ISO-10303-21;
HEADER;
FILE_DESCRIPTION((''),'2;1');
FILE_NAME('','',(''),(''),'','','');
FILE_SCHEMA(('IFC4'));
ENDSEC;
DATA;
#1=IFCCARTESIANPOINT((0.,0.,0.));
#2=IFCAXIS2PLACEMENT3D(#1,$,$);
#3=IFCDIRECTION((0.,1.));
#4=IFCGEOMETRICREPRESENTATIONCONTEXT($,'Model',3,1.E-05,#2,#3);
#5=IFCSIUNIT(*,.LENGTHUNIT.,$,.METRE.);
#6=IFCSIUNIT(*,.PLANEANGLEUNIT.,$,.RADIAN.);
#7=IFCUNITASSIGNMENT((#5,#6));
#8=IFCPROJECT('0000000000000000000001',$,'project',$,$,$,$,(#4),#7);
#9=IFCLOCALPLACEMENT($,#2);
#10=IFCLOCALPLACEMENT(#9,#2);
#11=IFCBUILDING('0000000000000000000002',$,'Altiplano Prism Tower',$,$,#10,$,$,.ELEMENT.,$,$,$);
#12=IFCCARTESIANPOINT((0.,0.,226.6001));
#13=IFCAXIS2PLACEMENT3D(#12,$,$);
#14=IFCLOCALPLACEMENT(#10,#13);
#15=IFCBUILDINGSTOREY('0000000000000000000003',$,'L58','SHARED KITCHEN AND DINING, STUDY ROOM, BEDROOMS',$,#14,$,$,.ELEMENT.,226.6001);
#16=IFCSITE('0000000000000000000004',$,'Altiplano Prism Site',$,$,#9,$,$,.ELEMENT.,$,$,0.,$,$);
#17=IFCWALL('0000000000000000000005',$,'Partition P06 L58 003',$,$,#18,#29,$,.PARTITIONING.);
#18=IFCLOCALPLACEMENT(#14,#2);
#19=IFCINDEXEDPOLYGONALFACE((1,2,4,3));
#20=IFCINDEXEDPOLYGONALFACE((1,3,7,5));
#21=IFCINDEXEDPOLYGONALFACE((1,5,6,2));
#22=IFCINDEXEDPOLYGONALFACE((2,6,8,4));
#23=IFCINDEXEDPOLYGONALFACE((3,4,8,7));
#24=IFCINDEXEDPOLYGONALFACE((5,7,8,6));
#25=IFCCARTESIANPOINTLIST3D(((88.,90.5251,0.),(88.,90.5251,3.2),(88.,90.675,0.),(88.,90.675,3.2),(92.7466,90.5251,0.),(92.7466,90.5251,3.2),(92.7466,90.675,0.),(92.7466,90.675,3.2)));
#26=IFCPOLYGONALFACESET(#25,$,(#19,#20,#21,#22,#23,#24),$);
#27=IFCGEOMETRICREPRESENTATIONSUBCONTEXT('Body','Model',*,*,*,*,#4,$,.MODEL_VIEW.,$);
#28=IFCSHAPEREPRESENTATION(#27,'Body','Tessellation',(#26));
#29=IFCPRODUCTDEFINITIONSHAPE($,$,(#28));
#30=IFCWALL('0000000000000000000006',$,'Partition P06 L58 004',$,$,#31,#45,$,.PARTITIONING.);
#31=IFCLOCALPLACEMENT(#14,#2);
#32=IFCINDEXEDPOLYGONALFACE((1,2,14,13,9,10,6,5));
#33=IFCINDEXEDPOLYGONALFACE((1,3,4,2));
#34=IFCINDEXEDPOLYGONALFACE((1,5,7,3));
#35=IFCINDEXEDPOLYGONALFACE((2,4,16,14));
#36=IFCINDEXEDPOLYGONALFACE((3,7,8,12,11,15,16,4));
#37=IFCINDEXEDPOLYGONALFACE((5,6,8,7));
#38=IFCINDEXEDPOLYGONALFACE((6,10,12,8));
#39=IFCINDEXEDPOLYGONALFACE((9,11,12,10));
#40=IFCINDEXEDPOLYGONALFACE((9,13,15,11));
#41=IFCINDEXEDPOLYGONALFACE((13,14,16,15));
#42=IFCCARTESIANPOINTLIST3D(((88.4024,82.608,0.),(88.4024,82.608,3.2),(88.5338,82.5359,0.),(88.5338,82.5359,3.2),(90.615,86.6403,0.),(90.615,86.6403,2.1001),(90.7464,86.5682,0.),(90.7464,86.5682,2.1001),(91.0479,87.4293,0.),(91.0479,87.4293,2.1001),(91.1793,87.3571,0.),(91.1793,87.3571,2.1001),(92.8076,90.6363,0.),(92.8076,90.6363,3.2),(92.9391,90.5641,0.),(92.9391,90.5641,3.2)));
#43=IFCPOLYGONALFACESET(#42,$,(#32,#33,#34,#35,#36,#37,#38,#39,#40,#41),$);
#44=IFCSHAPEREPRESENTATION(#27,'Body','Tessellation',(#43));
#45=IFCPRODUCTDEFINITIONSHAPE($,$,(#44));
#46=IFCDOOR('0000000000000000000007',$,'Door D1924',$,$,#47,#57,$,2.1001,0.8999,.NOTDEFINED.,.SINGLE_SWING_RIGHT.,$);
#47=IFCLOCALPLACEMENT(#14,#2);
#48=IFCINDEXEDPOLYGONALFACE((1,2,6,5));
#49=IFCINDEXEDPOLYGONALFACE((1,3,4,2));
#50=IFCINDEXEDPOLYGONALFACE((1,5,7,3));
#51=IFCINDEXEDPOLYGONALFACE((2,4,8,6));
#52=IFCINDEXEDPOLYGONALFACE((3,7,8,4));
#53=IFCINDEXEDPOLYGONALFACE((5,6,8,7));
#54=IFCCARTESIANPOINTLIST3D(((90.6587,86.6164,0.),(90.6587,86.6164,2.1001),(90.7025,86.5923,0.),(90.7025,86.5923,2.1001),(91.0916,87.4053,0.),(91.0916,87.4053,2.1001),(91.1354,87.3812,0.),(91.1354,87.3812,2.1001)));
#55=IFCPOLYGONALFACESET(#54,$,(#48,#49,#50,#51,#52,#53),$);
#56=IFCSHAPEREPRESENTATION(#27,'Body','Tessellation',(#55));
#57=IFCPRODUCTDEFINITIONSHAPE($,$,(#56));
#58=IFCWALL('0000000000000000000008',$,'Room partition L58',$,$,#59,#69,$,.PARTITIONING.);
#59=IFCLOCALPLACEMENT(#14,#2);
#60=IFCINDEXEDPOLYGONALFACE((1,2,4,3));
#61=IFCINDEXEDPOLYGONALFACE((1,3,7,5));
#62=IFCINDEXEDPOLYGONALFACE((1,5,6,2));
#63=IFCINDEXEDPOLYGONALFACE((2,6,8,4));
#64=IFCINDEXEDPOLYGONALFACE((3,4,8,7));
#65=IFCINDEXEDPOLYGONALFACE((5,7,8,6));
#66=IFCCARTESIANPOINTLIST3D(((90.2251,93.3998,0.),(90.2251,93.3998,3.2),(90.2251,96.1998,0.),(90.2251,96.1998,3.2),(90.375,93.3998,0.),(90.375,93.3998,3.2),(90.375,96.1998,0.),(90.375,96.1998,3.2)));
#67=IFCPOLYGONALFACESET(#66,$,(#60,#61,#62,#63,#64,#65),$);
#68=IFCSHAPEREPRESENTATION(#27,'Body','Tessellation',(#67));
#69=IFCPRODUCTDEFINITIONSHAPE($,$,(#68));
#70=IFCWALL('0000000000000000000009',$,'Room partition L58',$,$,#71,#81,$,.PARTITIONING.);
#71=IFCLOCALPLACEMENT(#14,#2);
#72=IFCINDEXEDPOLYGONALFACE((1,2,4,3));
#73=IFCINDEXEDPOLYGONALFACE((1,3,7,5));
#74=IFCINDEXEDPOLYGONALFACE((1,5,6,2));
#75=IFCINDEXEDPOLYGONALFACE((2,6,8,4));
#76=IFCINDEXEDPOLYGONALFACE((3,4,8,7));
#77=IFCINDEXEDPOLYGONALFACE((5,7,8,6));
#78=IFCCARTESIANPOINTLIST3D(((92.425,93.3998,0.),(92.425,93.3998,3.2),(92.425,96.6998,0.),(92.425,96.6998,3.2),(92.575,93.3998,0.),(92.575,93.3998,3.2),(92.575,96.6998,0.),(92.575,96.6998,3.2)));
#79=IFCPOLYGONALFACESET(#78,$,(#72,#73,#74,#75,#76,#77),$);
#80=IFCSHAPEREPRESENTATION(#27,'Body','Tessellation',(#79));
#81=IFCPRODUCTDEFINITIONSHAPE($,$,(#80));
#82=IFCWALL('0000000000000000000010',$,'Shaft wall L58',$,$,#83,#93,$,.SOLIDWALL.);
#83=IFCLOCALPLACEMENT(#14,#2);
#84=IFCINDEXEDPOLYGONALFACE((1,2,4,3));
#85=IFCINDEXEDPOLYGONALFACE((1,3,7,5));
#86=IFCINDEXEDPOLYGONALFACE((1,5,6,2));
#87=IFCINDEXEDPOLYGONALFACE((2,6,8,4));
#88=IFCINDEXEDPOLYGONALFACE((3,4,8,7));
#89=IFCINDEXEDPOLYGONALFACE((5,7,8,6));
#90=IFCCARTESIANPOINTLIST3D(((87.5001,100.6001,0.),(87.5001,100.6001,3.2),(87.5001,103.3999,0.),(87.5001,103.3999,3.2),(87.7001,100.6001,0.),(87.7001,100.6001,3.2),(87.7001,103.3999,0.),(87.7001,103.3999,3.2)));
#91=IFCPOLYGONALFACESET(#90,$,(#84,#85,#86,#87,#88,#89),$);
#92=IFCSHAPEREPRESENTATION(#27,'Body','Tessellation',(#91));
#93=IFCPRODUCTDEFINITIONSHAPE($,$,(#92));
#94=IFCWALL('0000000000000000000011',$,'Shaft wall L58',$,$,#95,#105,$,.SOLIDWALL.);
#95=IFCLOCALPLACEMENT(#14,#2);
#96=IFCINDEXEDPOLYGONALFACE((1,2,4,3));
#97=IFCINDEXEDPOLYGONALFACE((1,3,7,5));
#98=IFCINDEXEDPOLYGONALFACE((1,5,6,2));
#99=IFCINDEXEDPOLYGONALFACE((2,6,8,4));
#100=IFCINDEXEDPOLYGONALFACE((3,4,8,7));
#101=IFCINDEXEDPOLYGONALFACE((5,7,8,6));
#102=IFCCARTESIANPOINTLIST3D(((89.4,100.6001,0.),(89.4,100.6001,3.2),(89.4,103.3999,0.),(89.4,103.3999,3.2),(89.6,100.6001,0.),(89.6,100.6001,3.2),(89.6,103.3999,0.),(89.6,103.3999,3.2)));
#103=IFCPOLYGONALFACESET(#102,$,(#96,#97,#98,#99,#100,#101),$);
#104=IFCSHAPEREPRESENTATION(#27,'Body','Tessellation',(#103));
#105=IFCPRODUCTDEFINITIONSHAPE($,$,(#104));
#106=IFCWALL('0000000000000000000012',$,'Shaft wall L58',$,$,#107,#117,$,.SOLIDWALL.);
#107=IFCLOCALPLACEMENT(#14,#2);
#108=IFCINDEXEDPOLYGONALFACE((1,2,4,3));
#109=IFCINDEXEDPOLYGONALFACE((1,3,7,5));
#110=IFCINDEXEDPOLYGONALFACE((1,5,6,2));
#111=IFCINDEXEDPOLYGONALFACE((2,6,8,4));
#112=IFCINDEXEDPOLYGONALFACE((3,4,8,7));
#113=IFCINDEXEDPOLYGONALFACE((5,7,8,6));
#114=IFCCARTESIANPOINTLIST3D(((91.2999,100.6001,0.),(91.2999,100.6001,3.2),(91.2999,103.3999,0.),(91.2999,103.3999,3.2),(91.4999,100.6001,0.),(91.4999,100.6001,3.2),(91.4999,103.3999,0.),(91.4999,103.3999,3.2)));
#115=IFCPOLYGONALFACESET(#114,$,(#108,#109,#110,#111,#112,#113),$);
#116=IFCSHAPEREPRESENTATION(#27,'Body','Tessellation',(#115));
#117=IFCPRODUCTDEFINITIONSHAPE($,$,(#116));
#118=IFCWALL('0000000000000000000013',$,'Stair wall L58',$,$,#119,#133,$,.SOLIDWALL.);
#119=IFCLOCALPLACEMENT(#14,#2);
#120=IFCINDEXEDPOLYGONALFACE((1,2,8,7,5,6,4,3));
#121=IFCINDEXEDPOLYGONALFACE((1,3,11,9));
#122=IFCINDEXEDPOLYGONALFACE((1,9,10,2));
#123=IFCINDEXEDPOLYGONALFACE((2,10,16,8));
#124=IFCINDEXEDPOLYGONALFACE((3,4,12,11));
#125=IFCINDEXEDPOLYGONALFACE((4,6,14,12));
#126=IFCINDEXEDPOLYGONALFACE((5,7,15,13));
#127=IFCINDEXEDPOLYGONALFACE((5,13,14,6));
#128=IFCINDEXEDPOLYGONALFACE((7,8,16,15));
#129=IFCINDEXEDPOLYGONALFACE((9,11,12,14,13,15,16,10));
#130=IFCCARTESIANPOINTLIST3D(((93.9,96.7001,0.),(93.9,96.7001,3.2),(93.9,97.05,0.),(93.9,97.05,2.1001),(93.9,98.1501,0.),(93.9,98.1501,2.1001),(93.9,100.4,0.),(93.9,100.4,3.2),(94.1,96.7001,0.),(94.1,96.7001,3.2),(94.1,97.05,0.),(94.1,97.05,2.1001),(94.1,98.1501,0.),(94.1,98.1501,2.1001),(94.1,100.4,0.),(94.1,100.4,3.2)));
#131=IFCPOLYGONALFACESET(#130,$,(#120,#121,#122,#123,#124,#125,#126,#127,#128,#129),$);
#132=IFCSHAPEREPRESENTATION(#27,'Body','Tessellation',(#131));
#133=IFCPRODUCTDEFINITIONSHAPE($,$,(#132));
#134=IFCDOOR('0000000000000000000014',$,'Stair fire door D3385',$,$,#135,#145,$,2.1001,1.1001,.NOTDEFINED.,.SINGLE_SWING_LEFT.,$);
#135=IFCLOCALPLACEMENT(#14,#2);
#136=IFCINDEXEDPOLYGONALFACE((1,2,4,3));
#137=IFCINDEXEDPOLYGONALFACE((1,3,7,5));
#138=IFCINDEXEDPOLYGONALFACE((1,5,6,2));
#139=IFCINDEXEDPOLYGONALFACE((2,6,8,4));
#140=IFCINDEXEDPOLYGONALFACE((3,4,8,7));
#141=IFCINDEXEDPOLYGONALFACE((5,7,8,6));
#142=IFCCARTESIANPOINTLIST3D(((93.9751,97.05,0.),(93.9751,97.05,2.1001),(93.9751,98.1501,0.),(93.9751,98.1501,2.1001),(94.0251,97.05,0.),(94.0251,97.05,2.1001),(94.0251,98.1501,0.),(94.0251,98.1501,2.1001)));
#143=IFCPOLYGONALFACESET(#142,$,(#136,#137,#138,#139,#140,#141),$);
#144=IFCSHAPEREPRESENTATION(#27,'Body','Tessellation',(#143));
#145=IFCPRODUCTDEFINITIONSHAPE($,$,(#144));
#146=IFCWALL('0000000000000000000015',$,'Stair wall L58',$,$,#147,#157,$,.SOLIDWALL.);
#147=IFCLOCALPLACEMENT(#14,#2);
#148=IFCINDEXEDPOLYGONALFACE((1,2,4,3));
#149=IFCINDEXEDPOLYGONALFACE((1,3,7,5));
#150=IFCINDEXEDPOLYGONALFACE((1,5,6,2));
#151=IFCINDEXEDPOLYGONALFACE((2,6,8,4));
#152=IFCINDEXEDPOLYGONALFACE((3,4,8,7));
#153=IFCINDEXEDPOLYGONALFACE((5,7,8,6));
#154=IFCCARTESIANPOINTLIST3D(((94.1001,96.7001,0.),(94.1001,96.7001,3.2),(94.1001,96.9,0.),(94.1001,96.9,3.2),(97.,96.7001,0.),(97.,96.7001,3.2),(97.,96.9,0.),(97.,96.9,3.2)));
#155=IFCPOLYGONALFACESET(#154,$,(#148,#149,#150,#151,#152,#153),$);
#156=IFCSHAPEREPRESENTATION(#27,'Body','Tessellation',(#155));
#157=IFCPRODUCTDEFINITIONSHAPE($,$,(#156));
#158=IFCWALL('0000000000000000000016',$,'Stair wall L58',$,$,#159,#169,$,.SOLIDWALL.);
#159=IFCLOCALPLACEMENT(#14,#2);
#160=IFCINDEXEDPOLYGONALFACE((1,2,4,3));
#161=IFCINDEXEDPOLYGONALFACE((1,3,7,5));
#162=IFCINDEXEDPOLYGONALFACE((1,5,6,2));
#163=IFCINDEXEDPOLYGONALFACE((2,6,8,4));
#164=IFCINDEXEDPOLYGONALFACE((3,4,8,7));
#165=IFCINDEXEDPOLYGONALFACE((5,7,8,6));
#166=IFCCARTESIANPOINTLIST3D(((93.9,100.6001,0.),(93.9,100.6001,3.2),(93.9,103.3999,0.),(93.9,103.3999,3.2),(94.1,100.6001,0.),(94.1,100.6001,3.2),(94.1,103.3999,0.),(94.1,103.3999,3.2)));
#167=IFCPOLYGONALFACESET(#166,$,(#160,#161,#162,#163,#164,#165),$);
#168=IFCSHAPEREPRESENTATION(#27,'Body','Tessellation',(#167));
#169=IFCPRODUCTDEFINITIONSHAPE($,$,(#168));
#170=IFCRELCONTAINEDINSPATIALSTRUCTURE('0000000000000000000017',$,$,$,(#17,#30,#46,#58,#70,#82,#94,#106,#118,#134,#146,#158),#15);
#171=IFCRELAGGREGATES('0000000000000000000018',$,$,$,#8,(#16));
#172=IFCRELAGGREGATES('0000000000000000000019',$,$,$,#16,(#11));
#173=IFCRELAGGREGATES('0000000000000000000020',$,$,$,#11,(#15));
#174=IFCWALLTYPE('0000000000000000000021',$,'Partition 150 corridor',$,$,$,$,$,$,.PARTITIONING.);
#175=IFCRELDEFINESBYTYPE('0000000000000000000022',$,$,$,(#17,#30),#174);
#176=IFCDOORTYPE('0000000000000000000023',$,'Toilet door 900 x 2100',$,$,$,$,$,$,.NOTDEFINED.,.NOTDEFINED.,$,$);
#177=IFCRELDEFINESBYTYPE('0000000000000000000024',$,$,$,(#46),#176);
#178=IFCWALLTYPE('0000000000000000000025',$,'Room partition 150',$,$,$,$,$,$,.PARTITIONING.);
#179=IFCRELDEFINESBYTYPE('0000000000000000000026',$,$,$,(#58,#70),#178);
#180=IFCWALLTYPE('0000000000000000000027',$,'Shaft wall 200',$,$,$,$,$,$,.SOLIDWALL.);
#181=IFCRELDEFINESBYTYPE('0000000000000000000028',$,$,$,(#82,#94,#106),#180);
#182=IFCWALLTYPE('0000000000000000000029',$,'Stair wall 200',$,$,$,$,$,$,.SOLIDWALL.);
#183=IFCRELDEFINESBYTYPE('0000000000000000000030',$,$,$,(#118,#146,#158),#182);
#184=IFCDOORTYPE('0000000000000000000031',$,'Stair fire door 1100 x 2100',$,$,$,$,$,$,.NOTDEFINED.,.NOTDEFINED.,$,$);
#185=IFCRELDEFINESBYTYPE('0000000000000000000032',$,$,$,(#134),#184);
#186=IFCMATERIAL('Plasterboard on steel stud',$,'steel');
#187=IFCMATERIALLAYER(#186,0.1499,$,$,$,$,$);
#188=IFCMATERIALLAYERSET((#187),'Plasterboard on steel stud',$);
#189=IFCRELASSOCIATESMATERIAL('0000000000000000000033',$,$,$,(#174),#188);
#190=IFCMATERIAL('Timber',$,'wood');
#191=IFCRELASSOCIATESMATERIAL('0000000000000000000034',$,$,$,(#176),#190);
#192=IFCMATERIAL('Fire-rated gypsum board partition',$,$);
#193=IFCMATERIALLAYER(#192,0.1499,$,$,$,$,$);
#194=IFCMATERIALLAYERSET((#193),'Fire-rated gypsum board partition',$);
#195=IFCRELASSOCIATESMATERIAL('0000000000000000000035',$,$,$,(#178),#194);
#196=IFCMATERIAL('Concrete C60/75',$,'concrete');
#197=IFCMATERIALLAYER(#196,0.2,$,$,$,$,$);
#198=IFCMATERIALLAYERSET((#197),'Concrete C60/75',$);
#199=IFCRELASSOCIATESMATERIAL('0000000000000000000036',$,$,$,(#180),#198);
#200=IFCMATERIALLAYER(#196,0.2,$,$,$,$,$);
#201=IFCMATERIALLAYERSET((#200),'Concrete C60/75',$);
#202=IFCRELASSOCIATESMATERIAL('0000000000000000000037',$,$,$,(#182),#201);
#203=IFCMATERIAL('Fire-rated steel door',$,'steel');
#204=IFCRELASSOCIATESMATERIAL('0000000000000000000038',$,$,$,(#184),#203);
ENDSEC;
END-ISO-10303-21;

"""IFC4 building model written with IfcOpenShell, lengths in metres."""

from ifc_helpers import new_model, si_unit, direction, frame, frame_2d, origin, place, context, subcontext, project, spatial, rectangle, extrude, material, layer, layer_set, type_object, element, fill, save


model = new_model("IFC4")

# Units and contexts
model_context = context("Model", 3, precision=1e-05, world=origin(), true_north=direction((0.0, 1.0)))
body_context = subcontext(model_context, "Body", "Model", "MODEL_VIEW")
ifc_project = project(units=[si_unit("LENGTHUNIT", "METRE"), si_unit("PLANEANGLEUNIT", "RADIAN")], contexts=[model_context])

# Site, building, storey
site_placement = place(None, origin())
site = spatial("IfcSite", under=ifc_project, at=site_placement, Name="Altiplano Prism Site", CompositionType="ELEMENT", RefElevation=0.0)
building_placement = place(site_placement, origin())
building = spatial("IfcBuilding", under=site, at=building_placement, Name="Altiplano Prism Tower", CompositionType="ELEMENT")
storey_placement = place(building_placement, frame((0.0, 0.0, 226.6001)))
storey = spatial("IfcBuildingStorey", under=building, at=storey_placement, Name="L58", Description="SHARED KITCHEN AND DINING, STUDY ROOM, BEDROOMS", CompositionType="ELEMENT", Elevation=226.6001)

# Wall
ifc_material_1 = material(Name="Plasterboard on steel stud", Category="steel")
ifc_layer_1 = layer(ifc_material_1, 0.1499)
ifc_layer_set_1 = layer_set([ifc_layer_1], Name="Plasterboard on steel stud")
wall_type_1 = type_object("IfcWallType", Name="Partition 150 corridor", PredefinedType="PARTITIONING", material=ifc_layer_set_1)
wall_1_placement = place(storey_placement, frame((88.0, 90.6001, 0.0), z_axis=(0.0, 0.0, 1.0), x_axis=(1.0, 0.0, 0.0)))
element("IfcWall", 1, at=wall_1_placement, inside=storey, type_object=wall_type_1, Name="Partition P06 L58 003", PredefinedType="PARTITIONING", context=body_context, shape_type="SweptSolid", body=[
    extrude(rectangle(XDim=4.7466, YDim=0.1499, at=frame_2d((2.3733, 0.0))), origin(), (0.0, 0.0, 1.0), 3.2),
])

# Wall, opening, door
wall_2_placement = place(storey_placement, frame((92.8733, 90.6001, 0.0), z_axis=(0.0, 0.0, 1.0), x_axis=(-0.481055, -0.876691, 0.0)))
wall_2 = element("IfcWall", 2, at=wall_2_placement, inside=storey, type_object=wall_type_1, Name="Partition P06 L58 004", PredefinedType="PARTITIONING", context=body_context, shape_type="SweptSolid", body=[
    extrude(rectangle(XDim=9.1575, YDim=0.1499, at=frame_2d((4.5786, 0.0))), origin(), (0.0, 0.0, 1.0), 3.2),
])
opening_1_placement = place(wall_2_placement, frame((3.658, 0.0, 0.0)))
opening_1 = element("IfcOpeningElement", 3, at=opening_1_placement, cuts=wall_2, PredefinedType="OPENING", context=body_context, shape_type="SweptSolid", body=[
    extrude(rectangle(XDim=0.8999, YDim=2.1001, at=frame_2d((0.45, 1.05))), frame((0.0, 0.0854, 0.0), z_axis=(0.0, -1.0, 0.0), x_axis=(1.0, 0.0, 0.0)), (0.0, 0.0, 1.0), 0.1709),
])
ifc_material_2 = material(Name="Timber", Category="wood")
door_type_1 = type_object("IfcDoorType", Name="Toilet door 900 x 2100", OperationType="NOTDEFINED", PredefinedType="NOTDEFINED", material=ifc_material_2)
door_1_placement = place(opening_1_placement, origin())
door_1 = element("IfcDoor", 4, at=door_1_placement, inside=storey, type_object=door_type_1, Name="Door D1924", OperationType="SINGLE_SWING_RIGHT", OverallHeight=2.1001, OverallWidth=0.8999, PredefinedType="NOTDEFINED", context=body_context, shape_type="SweptSolid", body=[
    extrude(rectangle(XDim=0.8999, YDim=2.1001, at=frame_2d((0.45, 1.05))), frame((0.0, 0.0249, 0.0), z_axis=(0.0, -1.0, 0.0), x_axis=(1.0, 0.0, 0.0)), (0.0, 0.0, 1.0), 0.05),
])
fill(opening_1, door_1)

# Walls
ifc_material_3 = material(Name="Fire-rated gypsum board partition")
ifc_layer_2 = layer(ifc_material_3, 0.1499)
ifc_layer_set_2 = layer_set([ifc_layer_2], Name="Fire-rated gypsum board partition")
wall_type_2 = type_object("IfcWallType", Name="Room partition 150", PredefinedType="PARTITIONING", material=ifc_layer_set_2)
wall_3_placement = place(storey_placement, frame((90.3, 93.3999, 0.0), z_axis=(0.0, 0.0, 1.0), x_axis=(0.0, 1.0, 0.0)))
element("IfcWall", 5, at=wall_3_placement, inside=storey, type_object=wall_type_2, Name="Room partition L58", PredefinedType="PARTITIONING", context=body_context, shape_type="SweptSolid", body=[
    extrude(rectangle(XDim=2.8, YDim=0.1499, at=frame_2d((1.3999, 0.0))), origin(), (0.0, 0.0, 1.0), 3.2),
])
wall_4_placement = place(storey_placement, frame((92.5, 93.3999, 0.0), z_axis=(0.0, 0.0, 1.0), x_axis=(0.0, 1.0, 0.0)))
element("IfcWall", 6, at=wall_4_placement, inside=storey, type_object=wall_type_2, Name="Room partition L58", PredefinedType="PARTITIONING", context=body_context, shape_type="SweptSolid", body=[
    extrude(rectangle(XDim=3.3, YDim=0.1499, at=frame_2d((1.6499, 0.0))), origin(), (0.0, 0.0, 1.0), 3.2),
])
ifc_material_4 = material(Name="Concrete C60/75", Category="concrete")
ifc_layer_3 = layer(ifc_material_4, 0.2)
ifc_layer_set_3 = layer_set([ifc_layer_3], Name="Concrete C60/75")
wall_type_3 = type_object("IfcWallType", Name="Shaft wall 200", PredefinedType="SOLIDWALL", material=ifc_layer_set_3)
for number, where, z_axis, x_axis, name in (
    (7, (87.6001, 100.6001, 0.0), (0.0, 0.0, 1.0), (0.0, 1.0, 0.0), "Shaft wall L58"),
    (8, (89.5, 100.6001, 0.0), (0.0, 0.0, 1.0), (0.0, 1.0, 0.0), "Shaft wall L58"),
    (9, (91.3999, 100.6001, 0.0), (0.0, 0.0, 1.0), (0.0, 1.0, 0.0), "Shaft wall L58"),
):
    element("IfcWall", number, at=place(storey_placement, frame(where, z_axis=z_axis, x_axis=x_axis)), inside=storey, type_object=wall_type_3, Name=name, PredefinedType="SOLIDWALL", context=body_context, shape_type="SweptSolid", body=[
        extrude(rectangle(XDim=2.7998, YDim=0.2, at=frame_2d((1.3999, 0.0))), origin(), (0.0, 0.0, 1.0), 3.2),
    ])

# Wall, opening, door
ifc_layer_4 = layer(ifc_material_4, 0.2)
ifc_layer_set_4 = layer_set([ifc_layer_4], Name="Concrete C60/75")
wall_type_4 = type_object("IfcWallType", Name="Stair wall 200", PredefinedType="SOLIDWALL", material=ifc_layer_set_4)
wall_5_placement = place(storey_placement, frame((94.0, 96.7, 0.0), z_axis=(0.0, 0.0, 1.0), x_axis=(0.0, 1.0, 0.0)))
wall_5 = element("IfcWall", 10, at=wall_5_placement, inside=storey, type_object=wall_type_4, Name="Stair wall L58", PredefinedType="SOLIDWALL", context=body_context, shape_type="SweptSolid", body=[
    extrude(rectangle(XDim=3.7, YDim=0.2, at=frame_2d((1.8501, 0.0))), origin(), (0.0, 0.0, 1.0), 3.2),
])
opening_2_placement = place(wall_5_placement, frame((0.3501, 0.0, 0.0)))
opening_2 = element("IfcOpeningElement", 11, at=opening_2_placement, cuts=wall_5, PredefinedType="OPENING", context=body_context, shape_type="SweptSolid", body=[
    extrude(rectangle(XDim=1.1001, YDim=2.1001, at=frame_2d((0.55, 1.05))), frame((0.0, 0.1104, 0.0), z_axis=(0.0, -1.0, 0.0), x_axis=(1.0, 0.0, 0.0)), (0.0, 0.0, 1.0), 0.2209),
])
ifc_material_5 = material(Name="Fire-rated steel door", Category="steel")
door_type_2 = type_object("IfcDoorType", Name="Stair fire door 1100 x 2100", OperationType="NOTDEFINED", PredefinedType="NOTDEFINED", material=ifc_material_5)
door_2_placement = place(opening_2_placement, origin())
door_2 = element("IfcDoor", 12, at=door_2_placement, inside=storey, type_object=door_type_2, Name="Stair fire door D3385", OperationType="SINGLE_SWING_LEFT", OverallHeight=2.1001, OverallWidth=1.1001, PredefinedType="NOTDEFINED", context=body_context, shape_type="SweptSolid", body=[
    extrude(rectangle(XDim=1.1001, YDim=2.1001, at=frame_2d((0.55, 1.05))), frame((0.0, 0.0249, 0.0), z_axis=(0.0, -1.0, 0.0), x_axis=(1.0, 0.0, 0.0)), (0.0, 0.0, 1.0), 0.05),
])
fill(opening_2, door_2)

# Walls
wall_6_placement = place(storey_placement, frame((94.1001, 96.8, 0.0), z_axis=(0.0, 0.0, 1.0), x_axis=(1.0, 0.0, 0.0)))
element("IfcWall", 13, at=wall_6_placement, inside=storey, type_object=wall_type_4, Name="Stair wall L58", PredefinedType="SOLIDWALL", context=body_context, shape_type="SweptSolid", body=[
    extrude(rectangle(XDim=2.8999, YDim=0.2, at=frame_2d((1.45, 0.0))), origin(), (0.0, 0.0, 1.0), 3.2),
])
wall_7_placement = place(storey_placement, frame((94.0, 100.6001, 0.0), z_axis=(0.0, 0.0, 1.0), x_axis=(0.0, 1.0, 0.0)))
element("IfcWall", 14, at=wall_7_placement, inside=storey, type_object=wall_type_4, Name="Stair wall L58", PredefinedType="SOLIDWALL", context=body_context, shape_type="SweptSolid", body=[
    extrude(rectangle(XDim=2.7998, YDim=0.2, at=frame_2d((1.3999, 0.0))), origin(), (0.0, 0.0, 1.0), 3.2),
])

save(model, "model.ifc")
